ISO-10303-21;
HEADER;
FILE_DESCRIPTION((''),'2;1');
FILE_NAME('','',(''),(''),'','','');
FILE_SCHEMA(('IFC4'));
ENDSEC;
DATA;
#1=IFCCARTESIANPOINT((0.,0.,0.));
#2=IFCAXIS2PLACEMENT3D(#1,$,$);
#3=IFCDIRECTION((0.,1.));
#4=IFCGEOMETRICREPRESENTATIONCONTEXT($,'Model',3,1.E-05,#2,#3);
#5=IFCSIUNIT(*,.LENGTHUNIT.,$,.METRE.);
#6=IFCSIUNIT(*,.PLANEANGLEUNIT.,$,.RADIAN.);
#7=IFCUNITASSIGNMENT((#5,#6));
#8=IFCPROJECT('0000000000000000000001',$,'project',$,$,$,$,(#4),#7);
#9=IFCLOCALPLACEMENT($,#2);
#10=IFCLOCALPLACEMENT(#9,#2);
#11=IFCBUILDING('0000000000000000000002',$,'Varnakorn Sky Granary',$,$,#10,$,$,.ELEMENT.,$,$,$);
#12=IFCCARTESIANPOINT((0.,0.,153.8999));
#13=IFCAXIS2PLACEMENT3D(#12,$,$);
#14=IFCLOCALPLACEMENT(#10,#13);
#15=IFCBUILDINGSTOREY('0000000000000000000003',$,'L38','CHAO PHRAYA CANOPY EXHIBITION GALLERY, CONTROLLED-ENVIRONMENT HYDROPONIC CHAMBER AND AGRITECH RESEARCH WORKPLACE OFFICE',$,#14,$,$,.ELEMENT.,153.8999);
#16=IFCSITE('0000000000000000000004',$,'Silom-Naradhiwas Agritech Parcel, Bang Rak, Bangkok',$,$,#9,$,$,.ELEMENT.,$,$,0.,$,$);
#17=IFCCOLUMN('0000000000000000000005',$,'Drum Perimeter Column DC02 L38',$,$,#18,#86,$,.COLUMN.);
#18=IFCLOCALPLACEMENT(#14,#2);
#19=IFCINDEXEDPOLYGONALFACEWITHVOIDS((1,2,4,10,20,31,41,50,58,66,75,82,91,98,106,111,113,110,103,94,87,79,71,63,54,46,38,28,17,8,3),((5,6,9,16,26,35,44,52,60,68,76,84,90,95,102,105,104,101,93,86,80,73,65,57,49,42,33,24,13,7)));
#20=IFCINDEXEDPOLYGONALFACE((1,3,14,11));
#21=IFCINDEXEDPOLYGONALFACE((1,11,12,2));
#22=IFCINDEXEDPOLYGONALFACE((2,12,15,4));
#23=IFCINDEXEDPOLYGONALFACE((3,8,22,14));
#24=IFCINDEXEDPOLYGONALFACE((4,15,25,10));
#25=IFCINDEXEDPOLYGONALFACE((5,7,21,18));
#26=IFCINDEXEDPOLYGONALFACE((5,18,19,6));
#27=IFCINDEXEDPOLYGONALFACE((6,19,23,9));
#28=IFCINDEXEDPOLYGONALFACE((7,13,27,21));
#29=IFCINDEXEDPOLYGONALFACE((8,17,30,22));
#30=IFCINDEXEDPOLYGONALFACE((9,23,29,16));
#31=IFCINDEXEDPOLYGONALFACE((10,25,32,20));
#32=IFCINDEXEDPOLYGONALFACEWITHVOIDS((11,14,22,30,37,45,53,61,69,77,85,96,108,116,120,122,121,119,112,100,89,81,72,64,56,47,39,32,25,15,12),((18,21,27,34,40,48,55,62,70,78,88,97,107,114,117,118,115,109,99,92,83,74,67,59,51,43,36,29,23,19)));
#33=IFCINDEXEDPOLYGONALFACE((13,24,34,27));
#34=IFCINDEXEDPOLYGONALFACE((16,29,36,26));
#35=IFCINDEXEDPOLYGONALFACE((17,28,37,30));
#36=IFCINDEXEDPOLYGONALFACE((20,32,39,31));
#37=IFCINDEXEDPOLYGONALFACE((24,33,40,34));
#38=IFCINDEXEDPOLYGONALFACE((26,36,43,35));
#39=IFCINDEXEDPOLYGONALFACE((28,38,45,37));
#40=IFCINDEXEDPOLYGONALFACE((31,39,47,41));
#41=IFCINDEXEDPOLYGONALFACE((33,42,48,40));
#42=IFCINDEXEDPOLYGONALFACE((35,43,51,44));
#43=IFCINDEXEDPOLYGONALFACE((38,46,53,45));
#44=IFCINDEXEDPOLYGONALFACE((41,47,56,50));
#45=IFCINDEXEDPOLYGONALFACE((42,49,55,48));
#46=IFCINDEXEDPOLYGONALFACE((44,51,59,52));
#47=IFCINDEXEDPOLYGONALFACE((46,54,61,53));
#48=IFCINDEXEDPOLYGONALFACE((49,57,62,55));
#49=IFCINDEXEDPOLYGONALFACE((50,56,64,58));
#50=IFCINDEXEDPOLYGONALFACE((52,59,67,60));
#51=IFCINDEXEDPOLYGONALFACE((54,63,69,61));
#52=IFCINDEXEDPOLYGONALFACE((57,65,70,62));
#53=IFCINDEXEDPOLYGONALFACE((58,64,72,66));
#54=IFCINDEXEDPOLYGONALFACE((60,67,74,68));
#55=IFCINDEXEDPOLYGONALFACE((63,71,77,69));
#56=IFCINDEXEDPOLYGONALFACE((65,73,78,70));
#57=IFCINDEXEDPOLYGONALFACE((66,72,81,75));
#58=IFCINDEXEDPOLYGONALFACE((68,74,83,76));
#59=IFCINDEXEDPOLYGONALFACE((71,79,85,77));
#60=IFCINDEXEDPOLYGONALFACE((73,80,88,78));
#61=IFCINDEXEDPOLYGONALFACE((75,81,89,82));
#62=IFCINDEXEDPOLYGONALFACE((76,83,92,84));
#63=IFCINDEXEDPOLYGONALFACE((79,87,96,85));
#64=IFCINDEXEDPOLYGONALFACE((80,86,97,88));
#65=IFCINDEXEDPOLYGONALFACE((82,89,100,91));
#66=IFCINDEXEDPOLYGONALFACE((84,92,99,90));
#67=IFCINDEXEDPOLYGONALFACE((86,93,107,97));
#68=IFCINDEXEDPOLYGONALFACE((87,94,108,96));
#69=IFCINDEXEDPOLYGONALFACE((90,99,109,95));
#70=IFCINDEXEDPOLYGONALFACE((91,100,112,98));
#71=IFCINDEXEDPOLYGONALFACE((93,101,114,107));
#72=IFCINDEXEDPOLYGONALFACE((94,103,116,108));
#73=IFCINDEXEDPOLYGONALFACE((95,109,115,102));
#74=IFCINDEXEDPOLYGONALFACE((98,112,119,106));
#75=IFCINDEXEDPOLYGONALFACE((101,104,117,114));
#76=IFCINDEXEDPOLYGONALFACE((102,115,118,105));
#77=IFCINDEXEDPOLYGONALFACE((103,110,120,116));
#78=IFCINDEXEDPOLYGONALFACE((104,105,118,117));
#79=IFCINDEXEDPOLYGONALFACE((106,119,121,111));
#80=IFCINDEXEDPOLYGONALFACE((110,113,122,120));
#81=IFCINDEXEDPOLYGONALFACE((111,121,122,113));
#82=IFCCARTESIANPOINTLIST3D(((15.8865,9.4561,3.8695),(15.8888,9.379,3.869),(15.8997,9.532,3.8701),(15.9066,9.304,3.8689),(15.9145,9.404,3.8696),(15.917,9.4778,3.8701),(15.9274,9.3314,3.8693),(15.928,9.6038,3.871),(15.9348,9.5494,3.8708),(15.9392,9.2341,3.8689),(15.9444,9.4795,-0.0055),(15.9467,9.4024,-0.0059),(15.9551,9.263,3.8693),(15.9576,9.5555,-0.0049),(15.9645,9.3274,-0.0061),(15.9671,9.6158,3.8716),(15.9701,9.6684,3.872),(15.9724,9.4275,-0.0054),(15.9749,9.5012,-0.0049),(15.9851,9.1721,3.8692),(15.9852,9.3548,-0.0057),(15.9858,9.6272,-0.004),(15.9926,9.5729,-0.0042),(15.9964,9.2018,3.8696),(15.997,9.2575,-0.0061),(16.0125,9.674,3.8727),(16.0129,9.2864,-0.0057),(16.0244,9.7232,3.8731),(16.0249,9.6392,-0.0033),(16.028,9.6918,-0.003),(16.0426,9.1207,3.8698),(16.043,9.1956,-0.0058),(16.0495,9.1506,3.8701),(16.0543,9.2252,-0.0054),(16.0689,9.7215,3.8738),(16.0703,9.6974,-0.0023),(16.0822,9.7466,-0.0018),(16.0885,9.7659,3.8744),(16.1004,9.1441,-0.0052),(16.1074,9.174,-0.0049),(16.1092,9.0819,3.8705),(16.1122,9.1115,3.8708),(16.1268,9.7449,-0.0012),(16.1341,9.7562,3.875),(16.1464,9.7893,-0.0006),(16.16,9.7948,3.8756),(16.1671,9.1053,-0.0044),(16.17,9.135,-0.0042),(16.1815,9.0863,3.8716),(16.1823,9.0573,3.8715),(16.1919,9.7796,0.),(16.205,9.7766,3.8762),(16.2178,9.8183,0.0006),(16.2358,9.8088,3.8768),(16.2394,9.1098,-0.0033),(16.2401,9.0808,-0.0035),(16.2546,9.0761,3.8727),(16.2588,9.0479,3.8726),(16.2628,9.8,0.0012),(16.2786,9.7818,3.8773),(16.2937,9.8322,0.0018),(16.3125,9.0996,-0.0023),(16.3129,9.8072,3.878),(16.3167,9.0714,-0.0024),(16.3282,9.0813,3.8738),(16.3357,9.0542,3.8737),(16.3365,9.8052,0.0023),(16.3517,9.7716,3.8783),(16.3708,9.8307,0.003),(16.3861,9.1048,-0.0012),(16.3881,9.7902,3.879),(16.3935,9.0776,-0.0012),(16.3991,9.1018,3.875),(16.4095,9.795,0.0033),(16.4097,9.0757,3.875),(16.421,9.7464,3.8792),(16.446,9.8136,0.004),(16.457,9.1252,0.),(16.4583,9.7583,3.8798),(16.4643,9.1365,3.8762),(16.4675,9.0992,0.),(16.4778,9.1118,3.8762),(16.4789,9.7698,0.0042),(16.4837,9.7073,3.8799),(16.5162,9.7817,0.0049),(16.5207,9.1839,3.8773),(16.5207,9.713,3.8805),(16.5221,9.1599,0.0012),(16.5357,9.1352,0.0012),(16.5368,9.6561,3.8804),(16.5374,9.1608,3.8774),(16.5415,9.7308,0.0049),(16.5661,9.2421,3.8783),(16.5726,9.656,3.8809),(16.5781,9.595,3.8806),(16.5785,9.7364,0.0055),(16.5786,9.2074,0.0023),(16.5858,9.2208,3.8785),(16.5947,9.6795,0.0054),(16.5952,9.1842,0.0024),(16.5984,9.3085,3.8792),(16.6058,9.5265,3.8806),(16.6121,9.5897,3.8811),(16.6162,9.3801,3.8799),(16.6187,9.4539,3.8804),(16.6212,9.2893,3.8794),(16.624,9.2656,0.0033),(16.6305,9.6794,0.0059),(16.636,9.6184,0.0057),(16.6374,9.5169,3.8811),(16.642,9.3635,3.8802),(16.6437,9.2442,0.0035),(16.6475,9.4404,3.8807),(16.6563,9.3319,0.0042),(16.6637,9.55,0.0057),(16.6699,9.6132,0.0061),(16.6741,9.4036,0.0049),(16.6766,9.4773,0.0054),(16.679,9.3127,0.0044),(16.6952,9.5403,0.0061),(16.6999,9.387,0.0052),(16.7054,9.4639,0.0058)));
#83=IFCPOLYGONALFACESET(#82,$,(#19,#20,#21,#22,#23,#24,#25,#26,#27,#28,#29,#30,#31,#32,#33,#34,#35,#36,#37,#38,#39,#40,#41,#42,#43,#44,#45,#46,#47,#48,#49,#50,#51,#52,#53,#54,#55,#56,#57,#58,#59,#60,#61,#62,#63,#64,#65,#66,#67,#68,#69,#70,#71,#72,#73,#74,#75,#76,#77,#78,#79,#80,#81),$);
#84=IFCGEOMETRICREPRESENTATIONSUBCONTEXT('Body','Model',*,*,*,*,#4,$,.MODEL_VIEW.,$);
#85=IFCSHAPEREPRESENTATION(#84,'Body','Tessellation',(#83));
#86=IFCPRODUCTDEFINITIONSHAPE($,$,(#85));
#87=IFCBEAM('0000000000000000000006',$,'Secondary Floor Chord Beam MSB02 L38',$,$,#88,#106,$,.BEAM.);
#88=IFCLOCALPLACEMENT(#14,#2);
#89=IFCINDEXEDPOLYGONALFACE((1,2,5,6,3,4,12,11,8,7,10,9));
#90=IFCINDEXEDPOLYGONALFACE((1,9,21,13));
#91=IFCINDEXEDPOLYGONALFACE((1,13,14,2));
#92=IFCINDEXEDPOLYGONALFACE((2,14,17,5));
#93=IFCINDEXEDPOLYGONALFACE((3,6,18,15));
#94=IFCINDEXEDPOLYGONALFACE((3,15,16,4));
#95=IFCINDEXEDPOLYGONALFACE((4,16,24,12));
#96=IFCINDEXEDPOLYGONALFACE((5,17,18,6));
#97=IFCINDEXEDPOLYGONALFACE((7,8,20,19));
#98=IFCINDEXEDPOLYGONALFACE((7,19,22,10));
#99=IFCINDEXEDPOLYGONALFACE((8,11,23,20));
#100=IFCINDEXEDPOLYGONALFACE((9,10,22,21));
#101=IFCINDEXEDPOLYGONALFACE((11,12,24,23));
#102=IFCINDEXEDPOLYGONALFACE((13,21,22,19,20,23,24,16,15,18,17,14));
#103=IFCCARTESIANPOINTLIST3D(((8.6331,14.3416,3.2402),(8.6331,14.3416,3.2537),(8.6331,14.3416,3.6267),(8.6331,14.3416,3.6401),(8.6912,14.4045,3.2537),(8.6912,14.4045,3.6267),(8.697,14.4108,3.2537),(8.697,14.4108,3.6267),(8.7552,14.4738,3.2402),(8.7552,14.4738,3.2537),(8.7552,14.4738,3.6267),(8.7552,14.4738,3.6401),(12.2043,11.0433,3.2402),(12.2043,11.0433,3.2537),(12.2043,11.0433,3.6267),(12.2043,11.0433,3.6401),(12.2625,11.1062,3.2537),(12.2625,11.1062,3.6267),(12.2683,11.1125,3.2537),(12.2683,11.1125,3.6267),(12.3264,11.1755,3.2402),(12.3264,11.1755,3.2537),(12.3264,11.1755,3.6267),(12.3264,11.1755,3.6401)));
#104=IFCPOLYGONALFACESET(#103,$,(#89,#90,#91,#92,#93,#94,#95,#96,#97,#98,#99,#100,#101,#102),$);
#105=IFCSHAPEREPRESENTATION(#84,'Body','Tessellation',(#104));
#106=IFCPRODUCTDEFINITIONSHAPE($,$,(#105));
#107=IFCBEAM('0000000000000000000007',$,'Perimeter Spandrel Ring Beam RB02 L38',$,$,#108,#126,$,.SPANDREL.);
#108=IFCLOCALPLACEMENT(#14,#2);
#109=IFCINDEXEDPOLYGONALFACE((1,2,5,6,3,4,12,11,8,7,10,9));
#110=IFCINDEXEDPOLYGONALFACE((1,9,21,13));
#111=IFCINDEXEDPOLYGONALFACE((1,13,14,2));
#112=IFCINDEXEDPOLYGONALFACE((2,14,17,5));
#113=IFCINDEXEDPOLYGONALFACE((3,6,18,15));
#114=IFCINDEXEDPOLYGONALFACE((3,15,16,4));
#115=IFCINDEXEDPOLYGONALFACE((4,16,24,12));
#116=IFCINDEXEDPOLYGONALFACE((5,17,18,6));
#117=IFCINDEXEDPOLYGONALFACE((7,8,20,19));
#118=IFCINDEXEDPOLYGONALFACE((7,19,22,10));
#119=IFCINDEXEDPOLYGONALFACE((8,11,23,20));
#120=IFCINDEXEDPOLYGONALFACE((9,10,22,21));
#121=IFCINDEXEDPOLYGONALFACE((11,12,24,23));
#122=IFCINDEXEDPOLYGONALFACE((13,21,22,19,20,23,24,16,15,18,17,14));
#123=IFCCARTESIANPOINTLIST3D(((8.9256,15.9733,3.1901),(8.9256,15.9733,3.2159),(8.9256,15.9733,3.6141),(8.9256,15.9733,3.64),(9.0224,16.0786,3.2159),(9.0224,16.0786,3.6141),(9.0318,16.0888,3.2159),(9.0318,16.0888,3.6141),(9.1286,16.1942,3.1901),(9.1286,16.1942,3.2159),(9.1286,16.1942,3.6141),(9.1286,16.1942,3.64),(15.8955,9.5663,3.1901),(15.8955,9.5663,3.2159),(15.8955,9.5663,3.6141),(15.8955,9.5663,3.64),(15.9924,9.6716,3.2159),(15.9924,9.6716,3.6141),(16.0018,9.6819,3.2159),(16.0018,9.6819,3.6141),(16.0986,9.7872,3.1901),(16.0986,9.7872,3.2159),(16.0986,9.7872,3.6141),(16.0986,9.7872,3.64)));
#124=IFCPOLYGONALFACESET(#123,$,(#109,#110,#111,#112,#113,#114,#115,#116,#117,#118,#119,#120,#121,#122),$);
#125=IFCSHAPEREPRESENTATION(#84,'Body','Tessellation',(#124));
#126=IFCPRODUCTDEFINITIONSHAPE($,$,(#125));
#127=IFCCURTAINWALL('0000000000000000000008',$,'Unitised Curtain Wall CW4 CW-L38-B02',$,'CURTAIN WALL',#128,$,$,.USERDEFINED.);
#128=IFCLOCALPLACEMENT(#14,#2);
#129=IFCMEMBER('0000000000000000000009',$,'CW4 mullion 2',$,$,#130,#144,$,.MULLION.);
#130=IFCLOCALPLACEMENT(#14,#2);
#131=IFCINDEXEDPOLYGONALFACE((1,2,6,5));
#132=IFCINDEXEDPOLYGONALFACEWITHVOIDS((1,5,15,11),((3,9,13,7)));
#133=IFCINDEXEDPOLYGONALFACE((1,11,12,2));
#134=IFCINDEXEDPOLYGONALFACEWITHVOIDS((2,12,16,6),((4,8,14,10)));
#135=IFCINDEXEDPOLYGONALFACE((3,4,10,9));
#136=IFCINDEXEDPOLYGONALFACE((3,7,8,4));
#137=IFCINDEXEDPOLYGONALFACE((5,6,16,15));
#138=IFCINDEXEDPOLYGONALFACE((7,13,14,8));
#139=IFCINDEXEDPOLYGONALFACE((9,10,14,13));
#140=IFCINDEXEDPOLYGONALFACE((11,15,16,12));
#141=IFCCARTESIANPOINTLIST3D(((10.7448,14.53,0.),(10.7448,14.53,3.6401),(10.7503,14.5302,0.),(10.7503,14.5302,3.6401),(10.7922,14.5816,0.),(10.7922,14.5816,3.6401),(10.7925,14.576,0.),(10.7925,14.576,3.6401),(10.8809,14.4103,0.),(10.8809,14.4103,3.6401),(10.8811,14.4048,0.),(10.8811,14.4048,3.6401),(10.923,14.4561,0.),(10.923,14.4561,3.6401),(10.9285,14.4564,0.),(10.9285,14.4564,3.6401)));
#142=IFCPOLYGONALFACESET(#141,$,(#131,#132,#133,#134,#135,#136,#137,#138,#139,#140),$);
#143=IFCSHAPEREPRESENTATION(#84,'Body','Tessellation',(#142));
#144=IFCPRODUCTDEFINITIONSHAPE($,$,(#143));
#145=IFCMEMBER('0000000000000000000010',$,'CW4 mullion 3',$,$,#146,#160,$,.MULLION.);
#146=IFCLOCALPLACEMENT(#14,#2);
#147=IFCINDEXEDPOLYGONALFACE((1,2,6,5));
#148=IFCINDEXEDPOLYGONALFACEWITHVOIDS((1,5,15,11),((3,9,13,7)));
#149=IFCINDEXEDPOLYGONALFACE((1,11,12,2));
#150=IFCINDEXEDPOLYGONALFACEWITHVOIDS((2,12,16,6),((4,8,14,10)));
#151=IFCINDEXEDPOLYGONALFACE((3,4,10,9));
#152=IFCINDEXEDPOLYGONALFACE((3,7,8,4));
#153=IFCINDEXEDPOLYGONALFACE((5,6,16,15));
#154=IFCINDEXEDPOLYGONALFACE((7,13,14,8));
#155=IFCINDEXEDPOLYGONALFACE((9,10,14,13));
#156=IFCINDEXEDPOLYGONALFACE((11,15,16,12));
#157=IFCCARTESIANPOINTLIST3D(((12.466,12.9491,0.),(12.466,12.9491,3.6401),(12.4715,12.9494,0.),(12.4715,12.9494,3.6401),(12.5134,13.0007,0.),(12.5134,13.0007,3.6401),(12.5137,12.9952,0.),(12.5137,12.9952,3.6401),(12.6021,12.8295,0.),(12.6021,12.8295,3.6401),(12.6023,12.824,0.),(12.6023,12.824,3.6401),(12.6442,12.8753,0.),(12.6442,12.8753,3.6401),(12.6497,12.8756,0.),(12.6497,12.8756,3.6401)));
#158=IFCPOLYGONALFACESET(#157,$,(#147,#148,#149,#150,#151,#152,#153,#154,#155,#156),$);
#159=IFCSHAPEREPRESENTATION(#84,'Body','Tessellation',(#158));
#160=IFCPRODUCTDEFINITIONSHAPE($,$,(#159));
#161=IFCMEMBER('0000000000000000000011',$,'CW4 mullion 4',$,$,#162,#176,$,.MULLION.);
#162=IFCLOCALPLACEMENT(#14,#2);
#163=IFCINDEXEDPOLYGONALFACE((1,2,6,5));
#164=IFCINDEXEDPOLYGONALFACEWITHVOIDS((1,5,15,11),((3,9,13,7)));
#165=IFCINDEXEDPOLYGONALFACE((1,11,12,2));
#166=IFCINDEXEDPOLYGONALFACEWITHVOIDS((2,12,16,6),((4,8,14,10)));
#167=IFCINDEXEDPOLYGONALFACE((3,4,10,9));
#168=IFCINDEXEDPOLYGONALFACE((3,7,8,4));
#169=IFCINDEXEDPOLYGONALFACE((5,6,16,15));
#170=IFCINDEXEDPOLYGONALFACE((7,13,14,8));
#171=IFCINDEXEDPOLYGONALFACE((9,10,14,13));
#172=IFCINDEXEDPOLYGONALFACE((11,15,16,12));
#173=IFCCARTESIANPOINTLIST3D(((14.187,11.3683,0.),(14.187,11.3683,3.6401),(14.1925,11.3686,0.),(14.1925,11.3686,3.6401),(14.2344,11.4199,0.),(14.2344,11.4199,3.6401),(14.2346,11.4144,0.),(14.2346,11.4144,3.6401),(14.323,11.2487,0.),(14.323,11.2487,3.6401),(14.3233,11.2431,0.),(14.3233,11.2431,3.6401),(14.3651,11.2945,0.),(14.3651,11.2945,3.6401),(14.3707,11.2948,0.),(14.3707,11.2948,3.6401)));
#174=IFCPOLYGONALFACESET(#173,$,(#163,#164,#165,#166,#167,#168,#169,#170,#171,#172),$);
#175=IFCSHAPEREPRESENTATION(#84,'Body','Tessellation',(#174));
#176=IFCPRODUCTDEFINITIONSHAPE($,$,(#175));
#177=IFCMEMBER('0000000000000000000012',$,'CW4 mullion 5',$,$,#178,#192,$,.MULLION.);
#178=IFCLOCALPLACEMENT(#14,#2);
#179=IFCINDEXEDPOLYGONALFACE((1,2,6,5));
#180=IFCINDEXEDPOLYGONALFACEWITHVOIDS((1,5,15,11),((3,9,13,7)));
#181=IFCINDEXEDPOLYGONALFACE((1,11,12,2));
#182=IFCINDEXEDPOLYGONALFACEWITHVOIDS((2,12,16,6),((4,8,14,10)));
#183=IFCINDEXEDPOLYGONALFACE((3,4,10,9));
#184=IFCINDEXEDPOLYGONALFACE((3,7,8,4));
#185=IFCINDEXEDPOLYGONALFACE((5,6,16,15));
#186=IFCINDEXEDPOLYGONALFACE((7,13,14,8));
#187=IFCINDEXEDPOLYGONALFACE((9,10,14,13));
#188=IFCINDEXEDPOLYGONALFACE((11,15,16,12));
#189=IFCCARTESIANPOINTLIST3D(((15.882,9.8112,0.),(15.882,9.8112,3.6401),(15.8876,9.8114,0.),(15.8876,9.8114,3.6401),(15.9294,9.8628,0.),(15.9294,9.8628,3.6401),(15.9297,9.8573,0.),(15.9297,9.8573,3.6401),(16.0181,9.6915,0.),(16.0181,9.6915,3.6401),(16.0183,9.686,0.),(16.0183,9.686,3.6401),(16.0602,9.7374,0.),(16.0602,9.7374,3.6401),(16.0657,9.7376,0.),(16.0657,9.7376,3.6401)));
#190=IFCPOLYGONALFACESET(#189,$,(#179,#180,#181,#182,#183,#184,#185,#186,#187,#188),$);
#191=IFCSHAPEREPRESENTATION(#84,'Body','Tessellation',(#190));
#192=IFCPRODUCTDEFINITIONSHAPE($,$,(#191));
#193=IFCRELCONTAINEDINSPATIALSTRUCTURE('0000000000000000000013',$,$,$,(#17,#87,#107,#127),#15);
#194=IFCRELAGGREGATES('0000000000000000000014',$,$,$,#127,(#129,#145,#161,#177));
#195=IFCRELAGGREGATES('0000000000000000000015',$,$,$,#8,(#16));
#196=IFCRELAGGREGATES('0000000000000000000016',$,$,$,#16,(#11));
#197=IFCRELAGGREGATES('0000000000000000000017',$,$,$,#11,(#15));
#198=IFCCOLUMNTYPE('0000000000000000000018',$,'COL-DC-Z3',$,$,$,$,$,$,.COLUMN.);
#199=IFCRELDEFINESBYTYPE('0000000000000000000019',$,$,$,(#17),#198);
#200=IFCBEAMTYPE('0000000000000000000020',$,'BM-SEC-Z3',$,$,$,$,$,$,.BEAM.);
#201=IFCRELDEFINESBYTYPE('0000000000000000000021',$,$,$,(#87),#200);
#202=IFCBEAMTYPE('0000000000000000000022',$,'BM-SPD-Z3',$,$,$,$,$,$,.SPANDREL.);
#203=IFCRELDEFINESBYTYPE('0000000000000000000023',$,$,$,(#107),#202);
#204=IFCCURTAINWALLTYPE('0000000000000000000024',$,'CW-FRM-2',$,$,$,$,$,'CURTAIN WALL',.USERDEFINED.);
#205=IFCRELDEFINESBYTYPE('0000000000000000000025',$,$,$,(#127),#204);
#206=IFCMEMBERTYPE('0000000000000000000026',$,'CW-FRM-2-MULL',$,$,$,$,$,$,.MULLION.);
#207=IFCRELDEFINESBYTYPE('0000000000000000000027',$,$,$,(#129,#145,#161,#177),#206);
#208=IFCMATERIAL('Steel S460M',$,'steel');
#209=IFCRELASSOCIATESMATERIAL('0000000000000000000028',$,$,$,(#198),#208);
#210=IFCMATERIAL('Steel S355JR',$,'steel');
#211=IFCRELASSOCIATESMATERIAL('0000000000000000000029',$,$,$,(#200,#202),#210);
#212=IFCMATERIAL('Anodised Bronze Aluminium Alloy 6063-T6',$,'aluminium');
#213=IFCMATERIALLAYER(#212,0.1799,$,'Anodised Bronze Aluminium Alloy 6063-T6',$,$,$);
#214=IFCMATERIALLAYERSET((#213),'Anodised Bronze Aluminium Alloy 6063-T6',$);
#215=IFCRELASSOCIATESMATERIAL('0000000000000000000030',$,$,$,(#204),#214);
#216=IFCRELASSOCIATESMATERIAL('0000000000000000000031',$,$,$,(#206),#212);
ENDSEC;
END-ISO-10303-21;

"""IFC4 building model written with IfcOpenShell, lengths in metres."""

from ifc_helpers import new_model, si_unit, direction, frame, origin, origin_2d, place, context, subcontext, project, spatial, hollow_rectangle, hollow_circle, i_section, extrude, material, layer, layer_set, material_profile, profile_set, type_object, element, aggregate, save


model = new_model("IFC4")

# Units and contexts
model_context = context("Model", 3, precision=1e-05, world=origin(), true_north=direction((0.0, 1.0)))
body_context = subcontext(model_context, "Body", "Model", "MODEL_VIEW")
ifc_project = project(units=[si_unit("LENGTHUNIT", "METRE"), si_unit("PLANEANGLEUNIT", "RADIAN")], contexts=[model_context])

# Site, building, storey
site_placement = place(None, origin())
site = spatial("IfcSite", under=ifc_project, at=site_placement, Name="Silom-Naradhiwas Agritech Parcel, Bang Rak, Bangkok", CompositionType="ELEMENT", RefElevation=0.0)
building_placement = place(site_placement, origin())
building = spatial("IfcBuilding", under=site, at=building_placement, Name="Varnakorn Sky Granary", CompositionType="ELEMENT")
storey_placement = place(building_placement, frame((0.0, 0.0, 153.8999)))
storey = spatial("IfcBuildingStorey", under=building, at=storey_placement, Name="L38", Description="CHAO PHRAYA CANOPY EXHIBITION GALLERY, CONTROLLED-ENVIRONMENT HYDROPONIC CHAMBER AND AGRITECH RESEARCH WORKPLACE OFFICE", CompositionType="ELEMENT", Elevation=153.8999)

# Column
ifc_material_1 = material(Name="Steel S460M", Category="steel")
ifc_material_profile_1 = material_profile(ifc_material_1, hollow_circle(Radius=0.3811, WallThickness=0.0281, at=origin_2d()), Name="CHS 762x28")
ifc_profile_set_1 = profile_set([ifc_material_profile_1], Name="Steel S460M")
column_type = type_object("IfcColumnType", Name="COL-DC-Z3", PredefinedType="COLUMN", material=ifc_profile_set_1)
column_placement = place(storey_placement, frame((16.3245, 9.4524, 0.0), z_axis=(-0.01493, -0.006048, 0.99987), x_axis=(0.375433, -0.92685, 0.0)))
element("IfcColumn", 1, at=column_placement, inside=storey, type_object=column_type, Name="Drum Perimeter Column DC02 L38", PredefinedType="COLUMN", context=body_context, shape_type="SweptSolid", body=[
    extrude(hollow_circle(Radius=0.3811, WallThickness=0.0281, at=origin_2d()), origin(), (0.0, 0.0, 1.0), 3.8755),
])

# Beams
ifc_material_2 = material(Name="Steel S355JR", Category="steel")
ifc_material_profile_2 = material_profile(ifc_material_2, i_section(OverallWidth=0.1799, OverallDepth=0.3999, WebThickness=0.0085, FlangeThickness=0.0134, at=origin_2d()), Name="IPE 400")
ifc_profile_set_2 = profile_set([ifc_material_profile_2], Name="Steel S355JR")
beam_type_1 = type_object("IfcBeamType", Name="BM-SEC-Z3", PredefinedType="BEAM", material=ifc_profile_set_2)
beam_1_placement = place(storey_placement, frame((12.2654, 11.1094, 3.4402), z_axis=(-0.734622, 0.678476, 0.0), x_axis=(-0.678476, -0.734622, 0.0)))
element("IfcBeam", 2, at=beam_1_placement, inside=storey, type_object=beam_type_1, Name="Secondary Floor Chord Beam MSB02 L38", PredefinedType="BEAM", context=body_context, shape_type="SweptSolid", body=[
    extrude(i_section(OverallWidth=0.1799, OverallDepth=0.3999, WebThickness=0.0085, FlangeThickness=0.0134, at=origin_2d()), origin(), (0.0, 0.0, 1.0), 4.8613),
])
ifc_material_profile_3 = material_profile(ifc_material_2, i_section(OverallWidth=0.3, OverallDepth=0.45, WebThickness=0.0139, FlangeThickness=0.0259, at=origin_2d()), Name="HE 450 B")
ifc_profile_set_3 = profile_set([ifc_material_profile_3], Name="Steel S355JR")
beam_type_2 = type_object("IfcBeamType", Name="BM-SPD-Z3", PredefinedType="SPANDREL", material=ifc_profile_set_3)
beam_2_placement = place(storey_placement, frame((15.9971, 9.6768, 3.415), z_axis=(-0.736215, 0.676748, 0.0), x_axis=(-0.676748, -0.736215, 0.0)))
element("IfcBeam", 3, at=beam_2_placement, inside=storey, type_object=beam_type_2, Name="Perimeter Spandrel Ring Beam RB02 L38", PredefinedType="SPANDREL", context=body_context, shape_type="SweptSolid", body=[
    extrude(i_section(OverallWidth=0.3, OverallDepth=0.45, WebThickness=0.0139, FlangeThickness=0.0259, at=origin_2d()), origin(), (0.0, 0.0, 1.0), 9.4673),
])

# Curtain wall, members
ifc_material_3 = material(Name="Anodised Bronze Aluminium Alloy 6063-T6", Category="aluminium")
ifc_layer_1 = layer(ifc_material_3, 0.1799, Name="Anodised Bronze Aluminium Alloy 6063-T6")
ifc_layer_set_1 = layer_set([ifc_layer_1], Name="Anodised Bronze Aluminium Alloy 6063-T6")
curtain_wall_type = type_object("IfcCurtainWallType", Name="CW-FRM-2", ElementType="CURTAIN WALL", PredefinedType="USERDEFINED", material=ifc_layer_set_1)
curtain_wall_placement = place(storey_placement, origin())
curtain_wall = element("IfcCurtainWall", 4, at=curtain_wall_placement, inside=storey, type_object=curtain_wall_type, Name="Unitised Curtain Wall CW4 CW-L38-B02", ObjectType="CURTAIN WALL", PredefinedType="USERDEFINED")
ifc_material_profile_4 = material_profile(ifc_material_3, hollow_rectangle(XDim=0.0701, YDim=0.1851, WallThickness=0.0039, at=origin_2d()), Name="ALU MULL 70x185")
ifc_profile_set_4 = profile_set([ifc_material_profile_4], Name="Anodised Bronze Aluminium Alloy 6063-T6")
member_type_1 = type_object("IfcMemberType", Name="CW-FRM-2-MULL", PredefinedType="MULLION", material=ifc_profile_set_4)
member_1_placement = place(storey_placement, frame((10.8367, 14.4932, 0.0), z_axis=(0.0, 0.0, 1.0), x_axis=(0.676472, 0.736469, 0.0)))
member_1 = element("IfcMember", 5, at=member_1_placement, type_object=member_type_1, Name="CW4 mullion 2", PredefinedType="MULLION", context=body_context, shape_type="SweptSolid", body=[
    extrude(hollow_rectangle(XDim=0.0701, YDim=0.1851, WallThickness=0.0039, at=origin_2d()), origin(), (0.0, 0.0, 1.0), 3.6401),
])
member_2_placement = place(storey_placement, frame((12.5579, 12.9124, 0.0), z_axis=(0.0, 0.0, 1.0), x_axis=(0.676472, 0.736469, 0.0)))
member_2 = element("IfcMember", 6, at=member_2_placement, type_object=member_type_1, Name="CW4 mullion 3", PredefinedType="MULLION", context=body_context, shape_type="SweptSolid", body=[
    extrude(hollow_rectangle(XDim=0.0701, YDim=0.1851, WallThickness=0.0039, at=origin_2d()), origin(), (0.0, 0.0, 1.0), 3.6401),
])
member_3_placement = place(storey_placement, frame((14.2788, 11.3315, 0.0), z_axis=(0.0, 0.0, 1.0), x_axis=(0.676472, 0.736469, 0.0)))
member_3 = element("IfcMember", 7, at=member_3_placement, type_object=member_type_1, Name="CW4 mullion 4", PredefinedType="MULLION", context=body_context, shape_type="SweptSolid", body=[
    extrude(hollow_rectangle(XDim=0.0701, YDim=0.1851, WallThickness=0.0039, at=origin_2d()), origin(), (0.0, 0.0, 1.0), 3.6401),
])
member_4_placement = place(storey_placement, frame((15.9739, 9.7744, 0.0), z_axis=(0.0, 0.0, 1.0), x_axis=(0.676472, 0.736469, 0.0)))
member_4 = element("IfcMember", 8, at=member_4_placement, type_object=member_type_1, Name="CW4 mullion 5", PredefinedType="MULLION", context=body_context, shape_type="SweptSolid", body=[
    extrude(hollow_rectangle(XDim=0.0701, YDim=0.1851, WallThickness=0.0039, at=origin_2d()), origin(), (0.0, 0.0, 1.0), 3.6401),
])

aggregate(curtain_wall, [member_1, member_2, member_3, member_4])

save(model, "model.ifc")
